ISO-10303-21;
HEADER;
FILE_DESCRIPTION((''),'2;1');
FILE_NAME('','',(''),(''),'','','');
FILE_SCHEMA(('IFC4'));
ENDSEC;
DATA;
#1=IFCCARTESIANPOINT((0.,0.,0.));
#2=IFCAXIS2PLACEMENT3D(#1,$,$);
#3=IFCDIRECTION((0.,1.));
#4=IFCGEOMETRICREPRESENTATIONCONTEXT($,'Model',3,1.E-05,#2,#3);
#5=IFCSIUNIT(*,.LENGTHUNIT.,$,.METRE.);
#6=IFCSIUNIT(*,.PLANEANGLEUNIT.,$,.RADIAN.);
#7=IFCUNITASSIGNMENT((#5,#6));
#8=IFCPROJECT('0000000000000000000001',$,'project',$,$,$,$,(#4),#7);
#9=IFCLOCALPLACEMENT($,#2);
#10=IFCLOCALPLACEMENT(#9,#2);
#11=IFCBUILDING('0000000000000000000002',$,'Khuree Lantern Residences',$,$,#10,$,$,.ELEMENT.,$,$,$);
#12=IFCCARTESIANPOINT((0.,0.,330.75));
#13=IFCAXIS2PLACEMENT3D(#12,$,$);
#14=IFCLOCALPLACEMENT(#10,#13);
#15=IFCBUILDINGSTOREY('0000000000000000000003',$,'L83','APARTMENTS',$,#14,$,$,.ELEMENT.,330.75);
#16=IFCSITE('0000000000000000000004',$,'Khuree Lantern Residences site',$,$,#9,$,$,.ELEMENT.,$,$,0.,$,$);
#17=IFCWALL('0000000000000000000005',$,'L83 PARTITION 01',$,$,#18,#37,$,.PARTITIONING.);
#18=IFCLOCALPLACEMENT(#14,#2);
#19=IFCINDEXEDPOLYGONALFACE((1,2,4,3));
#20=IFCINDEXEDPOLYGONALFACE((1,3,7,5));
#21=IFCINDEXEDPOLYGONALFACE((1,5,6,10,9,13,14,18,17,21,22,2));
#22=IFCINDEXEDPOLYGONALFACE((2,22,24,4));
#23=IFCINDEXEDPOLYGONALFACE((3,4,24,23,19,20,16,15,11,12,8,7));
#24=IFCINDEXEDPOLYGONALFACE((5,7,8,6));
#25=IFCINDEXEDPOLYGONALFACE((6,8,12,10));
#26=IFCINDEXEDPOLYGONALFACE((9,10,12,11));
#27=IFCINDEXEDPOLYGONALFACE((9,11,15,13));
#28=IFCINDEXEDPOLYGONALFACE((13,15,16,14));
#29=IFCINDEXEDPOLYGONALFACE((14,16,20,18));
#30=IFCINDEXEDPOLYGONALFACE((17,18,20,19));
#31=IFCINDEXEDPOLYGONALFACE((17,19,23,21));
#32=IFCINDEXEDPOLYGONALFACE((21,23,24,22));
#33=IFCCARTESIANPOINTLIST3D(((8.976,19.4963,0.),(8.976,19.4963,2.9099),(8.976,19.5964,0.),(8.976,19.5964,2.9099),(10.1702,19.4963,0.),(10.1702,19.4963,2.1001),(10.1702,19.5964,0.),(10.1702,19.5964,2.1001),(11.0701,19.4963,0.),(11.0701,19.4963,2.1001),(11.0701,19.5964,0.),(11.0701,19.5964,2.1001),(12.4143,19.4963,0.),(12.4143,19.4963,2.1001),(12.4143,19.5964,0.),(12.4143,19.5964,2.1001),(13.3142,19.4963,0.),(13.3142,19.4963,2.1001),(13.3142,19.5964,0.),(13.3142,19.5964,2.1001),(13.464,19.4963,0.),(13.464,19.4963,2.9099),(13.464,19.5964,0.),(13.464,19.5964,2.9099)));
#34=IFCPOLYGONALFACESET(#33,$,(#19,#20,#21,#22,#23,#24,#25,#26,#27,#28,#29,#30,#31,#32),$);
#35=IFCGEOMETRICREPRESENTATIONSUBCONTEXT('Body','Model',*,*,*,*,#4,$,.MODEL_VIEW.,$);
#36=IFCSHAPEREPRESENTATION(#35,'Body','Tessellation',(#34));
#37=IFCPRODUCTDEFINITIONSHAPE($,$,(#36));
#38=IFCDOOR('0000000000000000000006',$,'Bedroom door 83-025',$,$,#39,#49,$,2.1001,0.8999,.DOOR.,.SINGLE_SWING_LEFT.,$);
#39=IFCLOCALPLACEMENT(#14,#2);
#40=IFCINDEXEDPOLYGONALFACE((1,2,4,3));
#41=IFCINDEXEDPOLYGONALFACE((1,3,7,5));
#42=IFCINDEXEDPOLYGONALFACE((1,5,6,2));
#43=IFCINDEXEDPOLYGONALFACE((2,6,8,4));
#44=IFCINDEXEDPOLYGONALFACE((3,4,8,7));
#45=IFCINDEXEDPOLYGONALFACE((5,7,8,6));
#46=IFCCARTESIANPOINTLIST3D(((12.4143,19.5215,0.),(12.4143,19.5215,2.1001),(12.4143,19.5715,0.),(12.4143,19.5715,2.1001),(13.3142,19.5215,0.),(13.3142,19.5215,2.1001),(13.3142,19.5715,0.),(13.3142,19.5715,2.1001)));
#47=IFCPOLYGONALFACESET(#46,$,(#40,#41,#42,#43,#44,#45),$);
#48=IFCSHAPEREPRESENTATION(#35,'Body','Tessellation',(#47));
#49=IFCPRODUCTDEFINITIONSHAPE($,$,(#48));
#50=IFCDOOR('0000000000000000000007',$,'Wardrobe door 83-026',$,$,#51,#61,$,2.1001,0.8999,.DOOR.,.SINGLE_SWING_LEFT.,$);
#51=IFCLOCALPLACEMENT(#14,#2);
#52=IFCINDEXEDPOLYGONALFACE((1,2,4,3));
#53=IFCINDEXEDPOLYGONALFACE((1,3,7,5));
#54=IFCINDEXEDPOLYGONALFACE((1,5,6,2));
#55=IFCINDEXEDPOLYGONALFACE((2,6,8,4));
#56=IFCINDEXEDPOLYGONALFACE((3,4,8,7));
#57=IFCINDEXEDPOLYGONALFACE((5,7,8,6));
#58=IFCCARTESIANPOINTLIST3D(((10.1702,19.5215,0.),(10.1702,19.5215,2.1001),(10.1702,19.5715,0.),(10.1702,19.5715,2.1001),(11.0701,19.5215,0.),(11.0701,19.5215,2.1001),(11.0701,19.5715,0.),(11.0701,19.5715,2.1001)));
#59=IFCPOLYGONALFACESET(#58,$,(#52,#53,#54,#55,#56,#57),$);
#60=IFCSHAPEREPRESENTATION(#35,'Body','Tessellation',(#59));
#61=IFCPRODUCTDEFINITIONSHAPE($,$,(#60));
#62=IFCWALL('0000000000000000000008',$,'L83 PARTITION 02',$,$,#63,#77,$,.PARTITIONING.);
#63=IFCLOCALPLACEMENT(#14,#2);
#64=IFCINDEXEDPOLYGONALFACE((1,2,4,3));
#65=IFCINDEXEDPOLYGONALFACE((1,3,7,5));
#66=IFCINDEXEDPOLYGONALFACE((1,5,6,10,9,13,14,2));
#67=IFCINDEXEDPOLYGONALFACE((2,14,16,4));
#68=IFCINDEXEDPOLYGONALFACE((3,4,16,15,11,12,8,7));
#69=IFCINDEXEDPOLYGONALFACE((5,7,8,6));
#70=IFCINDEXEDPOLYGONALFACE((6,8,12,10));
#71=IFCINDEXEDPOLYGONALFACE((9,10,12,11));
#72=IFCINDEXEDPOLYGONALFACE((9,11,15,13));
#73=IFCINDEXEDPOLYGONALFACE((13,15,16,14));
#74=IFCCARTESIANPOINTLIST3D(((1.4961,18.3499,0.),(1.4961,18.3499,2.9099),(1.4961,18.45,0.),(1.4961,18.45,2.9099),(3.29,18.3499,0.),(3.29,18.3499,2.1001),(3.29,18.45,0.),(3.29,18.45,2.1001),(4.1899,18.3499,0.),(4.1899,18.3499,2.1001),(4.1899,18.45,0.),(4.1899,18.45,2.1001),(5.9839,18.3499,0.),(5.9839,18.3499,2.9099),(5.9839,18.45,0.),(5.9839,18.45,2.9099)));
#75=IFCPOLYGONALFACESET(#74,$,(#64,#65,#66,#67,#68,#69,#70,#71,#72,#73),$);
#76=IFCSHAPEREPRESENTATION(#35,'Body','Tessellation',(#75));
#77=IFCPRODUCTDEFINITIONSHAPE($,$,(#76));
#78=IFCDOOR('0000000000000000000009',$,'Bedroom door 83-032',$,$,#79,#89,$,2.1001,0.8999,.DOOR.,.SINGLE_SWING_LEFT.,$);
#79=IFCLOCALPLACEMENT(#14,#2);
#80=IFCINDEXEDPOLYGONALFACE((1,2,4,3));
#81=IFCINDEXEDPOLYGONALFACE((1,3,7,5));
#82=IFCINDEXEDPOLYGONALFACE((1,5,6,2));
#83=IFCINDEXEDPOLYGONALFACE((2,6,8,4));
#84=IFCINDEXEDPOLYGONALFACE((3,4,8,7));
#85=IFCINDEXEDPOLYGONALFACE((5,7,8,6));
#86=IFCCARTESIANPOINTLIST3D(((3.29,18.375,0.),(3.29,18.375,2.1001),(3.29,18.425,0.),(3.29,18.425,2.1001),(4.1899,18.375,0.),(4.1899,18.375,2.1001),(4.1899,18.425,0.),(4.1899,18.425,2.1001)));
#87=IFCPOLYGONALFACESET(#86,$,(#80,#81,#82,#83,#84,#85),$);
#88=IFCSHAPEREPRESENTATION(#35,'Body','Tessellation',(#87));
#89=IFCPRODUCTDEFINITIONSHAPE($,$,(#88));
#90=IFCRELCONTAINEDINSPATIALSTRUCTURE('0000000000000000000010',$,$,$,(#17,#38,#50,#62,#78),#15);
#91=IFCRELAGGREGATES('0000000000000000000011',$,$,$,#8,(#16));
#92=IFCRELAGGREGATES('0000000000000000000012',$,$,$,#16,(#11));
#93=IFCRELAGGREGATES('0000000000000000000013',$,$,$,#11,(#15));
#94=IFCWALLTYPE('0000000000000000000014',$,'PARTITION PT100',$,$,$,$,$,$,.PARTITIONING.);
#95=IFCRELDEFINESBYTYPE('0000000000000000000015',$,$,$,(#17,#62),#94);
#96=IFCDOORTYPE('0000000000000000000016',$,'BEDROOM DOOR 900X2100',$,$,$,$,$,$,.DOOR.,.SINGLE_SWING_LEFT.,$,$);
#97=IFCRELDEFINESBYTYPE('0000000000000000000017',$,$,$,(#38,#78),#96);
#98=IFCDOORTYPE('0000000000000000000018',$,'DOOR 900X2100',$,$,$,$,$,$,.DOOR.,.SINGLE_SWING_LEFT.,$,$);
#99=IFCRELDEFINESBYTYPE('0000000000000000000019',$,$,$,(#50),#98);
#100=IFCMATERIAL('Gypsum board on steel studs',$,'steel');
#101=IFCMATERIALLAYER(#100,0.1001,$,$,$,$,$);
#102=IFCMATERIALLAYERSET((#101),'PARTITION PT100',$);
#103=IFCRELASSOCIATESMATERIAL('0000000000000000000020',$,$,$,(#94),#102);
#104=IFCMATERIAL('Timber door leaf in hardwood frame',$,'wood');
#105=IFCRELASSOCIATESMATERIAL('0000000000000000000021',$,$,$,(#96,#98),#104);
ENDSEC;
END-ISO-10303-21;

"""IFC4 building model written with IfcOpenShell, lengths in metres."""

from ifc_helpers import new_model, si_unit, direction, frame, frame_2d, origin, place, context, subcontext, project, spatial, rectangle, extrude, material, layer, layer_set, type_object, element, fill, save


model = new_model("IFC4")

# Units and contexts
model_context = context("Model", 3, precision=1e-05, world=origin(), true_north=direction((0.0, 1.0)))
body_context = subcontext(model_context, "Body", "Model", "MODEL_VIEW")
ifc_project = project(units=[si_unit("LENGTHUNIT", "METRE"), si_unit("PLANEANGLEUNIT", "RADIAN")], contexts=[model_context])

# Site, building, storey
site_placement = place(None, origin())
site = spatial("IfcSite", under=ifc_project, at=site_placement, Name="Khuree Lantern Residences site", CompositionType="ELEMENT", RefElevation=0.0)
building_placement = place(site_placement, origin())
building = spatial("IfcBuilding", under=site, at=building_placement, Name="Khuree Lantern Residences", CompositionType="ELEMENT")
storey_placement = place(building_placement, frame((0.0, 0.0, 330.75)))
storey = spatial("IfcBuildingStorey", under=building, at=storey_placement, Name="L83", Description="APARTMENTS", CompositionType="ELEMENT", Elevation=330.75)

# Wall, openings, doors
ifc_material_1 = material(Name="Gypsum board on steel studs", Category="steel")
ifc_layer_1 = layer(ifc_material_1, 0.1001)
ifc_layer_set_1 = layer_set([ifc_layer_1], Name="PARTITION PT100")
wall_type = type_object("IfcWallType", Name="PARTITION PT100", PredefinedType="PARTITIONING", material=ifc_layer_set_1)
wall_1_placement = place(storey_placement, frame((13.4641, 19.5464, 0.0), z_axis=(0.0, 0.0, 1.0), x_axis=(-1.0, 0.0, 0.0)))
wall_1 = element("IfcWall", 1, at=wall_1_placement, inside=storey, type_object=wall_type, Name="L83 PARTITION 01", PredefinedType="PARTITIONING", context=body_context, shape_type="SweptSolid", body=[
    extrude(rectangle(XDim=4.488, YDim=0.1001, at=frame_2d((2.2441, 0.0))), origin(), (0.0, 0.0, 1.0), 2.9099),
])
opening_1_placement = place(wall_1_placement, frame((0.1499, 0.0, 0.0)))
opening_1 = element("IfcOpeningElement", 2, at=opening_1_placement, cuts=wall_1, PredefinedType="OPENING", context=body_context, shape_type="SweptSolid", body=[
    extrude(rectangle(XDim=0.8999, YDim=2.1001, at=frame_2d((0.45, 1.05))), frame((0.0, 0.0601, 0.0), z_axis=(0.0, -1.0, 0.0), x_axis=(1.0, 0.0, 0.0)), (0.0, 0.0, 1.0), 0.1201),
])
opening_2_placement = place(wall_1_placement, frame((2.394, 0.0, 0.0)))
opening_2 = element("IfcOpeningElement", 3, at=opening_2_placement, cuts=wall_1, PredefinedType="OPENING", context=body_context, shape_type="SweptSolid", body=[
    extrude(rectangle(XDim=0.8999, YDim=2.1001, at=frame_2d((0.45, 1.05))), frame((0.0, 0.0601, 0.0), z_axis=(0.0, -1.0, 0.0), x_axis=(1.0, 0.0, 0.0)), (0.0, 0.0, 1.0), 0.1201),
])
ifc_material_2 = material(Name="Timber door leaf in hardwood frame", Category="wood")
door_type_1 = type_object("IfcDoorType", Name="BEDROOM DOOR 900X2100", OperationType="SINGLE_SWING_LEFT", PredefinedType="DOOR", material=ifc_material_2)
door_1_placement = place(opening_1_placement, origin())
door_1 = element("IfcDoor", 4, at=door_1_placement, inside=storey, type_object=door_type_1, Name="Bedroom door 83-025", OperationType="SINGLE_SWING_LEFT", OverallHeight=2.1001, OverallWidth=0.8999, PredefinedType="DOOR", context=body_context, shape_type="SweptSolid", body=[
    extrude(rectangle(XDim=0.8999, YDim=2.1001, at=frame_2d((0.45, 1.05))), frame((0.0, 0.0249, 0.0), z_axis=(0.0, -1.0, 0.0), x_axis=(1.0, 0.0, 0.0)), (0.0, 0.0, 1.0), 0.05),
])
fill(opening_1, door_1)
door_type_2 = type_object("IfcDoorType", Name="DOOR 900X2100", OperationType="SINGLE_SWING_LEFT", PredefinedType="DOOR", material=ifc_material_2)
door_2_placement = place(opening_2_placement, origin())
door_2 = element("IfcDoor", 5, at=door_2_placement, inside=storey, type_object=door_type_2, Name="Wardrobe door 83-026", OperationType="SINGLE_SWING_LEFT", OverallHeight=2.1001, OverallWidth=0.8999, PredefinedType="DOOR", context=body_context, shape_type="SweptSolid", body=[
    extrude(rectangle(XDim=0.8999, YDim=2.1001, at=frame_2d((0.45, 1.05))), frame((0.0, 0.0249, 0.0), z_axis=(0.0, -1.0, 0.0), x_axis=(1.0, 0.0, 0.0)), (0.0, 0.0, 1.0), 0.05),
])
fill(opening_2, door_2)

# Wall, opening, door
wall_2_placement = place(storey_placement, frame((5.9839, 18.3999, 0.0), z_axis=(0.0, 0.0, 1.0), x_axis=(-1.0, 0.0, 0.0)))
wall_2 = element("IfcWall", 6, at=wall_2_placement, inside=storey, type_object=wall_type, Name="L83 PARTITION 02", PredefinedType="PARTITIONING", context=body_context, shape_type="SweptSolid", body=[
    extrude(rectangle(XDim=4.4878, YDim=0.1001, at=frame_2d((2.2439, 0.0))), origin(), (0.0, 0.0, 1.0), 2.9099),
])
opening_3_placement = place(wall_2_placement, frame((1.7939, 0.0, 0.0)))
opening_3 = element("IfcOpeningElement", 7, at=opening_3_placement, cuts=wall_2, PredefinedType="OPENING", context=body_context, shape_type="SweptSolid", body=[
    extrude(rectangle(XDim=0.8999, YDim=2.1001, at=frame_2d((0.45, 1.05))), frame((0.0, 0.0601, 0.0), z_axis=(0.0, -1.0, 0.0), x_axis=(1.0, 0.0, 0.0)), (0.0, 0.0, 1.0), 0.1201),
])
door_3_placement = place(opening_3_placement, origin())
door_3 = element("IfcDoor", 8, at=door_3_placement, inside=storey, type_object=door_type_1, Name="Bedroom door 83-032", OperationType="SINGLE_SWING_LEFT", OverallHeight=2.1001, OverallWidth=0.8999, PredefinedType="DOOR", context=body_context, shape_type="SweptSolid", body=[
    extrude(rectangle(XDim=0.8999, YDim=2.1001, at=frame_2d((0.45, 1.05))), frame((0.0, 0.0249, 0.0), z_axis=(0.0, -1.0, 0.0), x_axis=(1.0, 0.0, 0.0)), (0.0, 0.0, 1.0), 0.05),
])
fill(opening_3, door_3)

save(model, "model.ifc")
